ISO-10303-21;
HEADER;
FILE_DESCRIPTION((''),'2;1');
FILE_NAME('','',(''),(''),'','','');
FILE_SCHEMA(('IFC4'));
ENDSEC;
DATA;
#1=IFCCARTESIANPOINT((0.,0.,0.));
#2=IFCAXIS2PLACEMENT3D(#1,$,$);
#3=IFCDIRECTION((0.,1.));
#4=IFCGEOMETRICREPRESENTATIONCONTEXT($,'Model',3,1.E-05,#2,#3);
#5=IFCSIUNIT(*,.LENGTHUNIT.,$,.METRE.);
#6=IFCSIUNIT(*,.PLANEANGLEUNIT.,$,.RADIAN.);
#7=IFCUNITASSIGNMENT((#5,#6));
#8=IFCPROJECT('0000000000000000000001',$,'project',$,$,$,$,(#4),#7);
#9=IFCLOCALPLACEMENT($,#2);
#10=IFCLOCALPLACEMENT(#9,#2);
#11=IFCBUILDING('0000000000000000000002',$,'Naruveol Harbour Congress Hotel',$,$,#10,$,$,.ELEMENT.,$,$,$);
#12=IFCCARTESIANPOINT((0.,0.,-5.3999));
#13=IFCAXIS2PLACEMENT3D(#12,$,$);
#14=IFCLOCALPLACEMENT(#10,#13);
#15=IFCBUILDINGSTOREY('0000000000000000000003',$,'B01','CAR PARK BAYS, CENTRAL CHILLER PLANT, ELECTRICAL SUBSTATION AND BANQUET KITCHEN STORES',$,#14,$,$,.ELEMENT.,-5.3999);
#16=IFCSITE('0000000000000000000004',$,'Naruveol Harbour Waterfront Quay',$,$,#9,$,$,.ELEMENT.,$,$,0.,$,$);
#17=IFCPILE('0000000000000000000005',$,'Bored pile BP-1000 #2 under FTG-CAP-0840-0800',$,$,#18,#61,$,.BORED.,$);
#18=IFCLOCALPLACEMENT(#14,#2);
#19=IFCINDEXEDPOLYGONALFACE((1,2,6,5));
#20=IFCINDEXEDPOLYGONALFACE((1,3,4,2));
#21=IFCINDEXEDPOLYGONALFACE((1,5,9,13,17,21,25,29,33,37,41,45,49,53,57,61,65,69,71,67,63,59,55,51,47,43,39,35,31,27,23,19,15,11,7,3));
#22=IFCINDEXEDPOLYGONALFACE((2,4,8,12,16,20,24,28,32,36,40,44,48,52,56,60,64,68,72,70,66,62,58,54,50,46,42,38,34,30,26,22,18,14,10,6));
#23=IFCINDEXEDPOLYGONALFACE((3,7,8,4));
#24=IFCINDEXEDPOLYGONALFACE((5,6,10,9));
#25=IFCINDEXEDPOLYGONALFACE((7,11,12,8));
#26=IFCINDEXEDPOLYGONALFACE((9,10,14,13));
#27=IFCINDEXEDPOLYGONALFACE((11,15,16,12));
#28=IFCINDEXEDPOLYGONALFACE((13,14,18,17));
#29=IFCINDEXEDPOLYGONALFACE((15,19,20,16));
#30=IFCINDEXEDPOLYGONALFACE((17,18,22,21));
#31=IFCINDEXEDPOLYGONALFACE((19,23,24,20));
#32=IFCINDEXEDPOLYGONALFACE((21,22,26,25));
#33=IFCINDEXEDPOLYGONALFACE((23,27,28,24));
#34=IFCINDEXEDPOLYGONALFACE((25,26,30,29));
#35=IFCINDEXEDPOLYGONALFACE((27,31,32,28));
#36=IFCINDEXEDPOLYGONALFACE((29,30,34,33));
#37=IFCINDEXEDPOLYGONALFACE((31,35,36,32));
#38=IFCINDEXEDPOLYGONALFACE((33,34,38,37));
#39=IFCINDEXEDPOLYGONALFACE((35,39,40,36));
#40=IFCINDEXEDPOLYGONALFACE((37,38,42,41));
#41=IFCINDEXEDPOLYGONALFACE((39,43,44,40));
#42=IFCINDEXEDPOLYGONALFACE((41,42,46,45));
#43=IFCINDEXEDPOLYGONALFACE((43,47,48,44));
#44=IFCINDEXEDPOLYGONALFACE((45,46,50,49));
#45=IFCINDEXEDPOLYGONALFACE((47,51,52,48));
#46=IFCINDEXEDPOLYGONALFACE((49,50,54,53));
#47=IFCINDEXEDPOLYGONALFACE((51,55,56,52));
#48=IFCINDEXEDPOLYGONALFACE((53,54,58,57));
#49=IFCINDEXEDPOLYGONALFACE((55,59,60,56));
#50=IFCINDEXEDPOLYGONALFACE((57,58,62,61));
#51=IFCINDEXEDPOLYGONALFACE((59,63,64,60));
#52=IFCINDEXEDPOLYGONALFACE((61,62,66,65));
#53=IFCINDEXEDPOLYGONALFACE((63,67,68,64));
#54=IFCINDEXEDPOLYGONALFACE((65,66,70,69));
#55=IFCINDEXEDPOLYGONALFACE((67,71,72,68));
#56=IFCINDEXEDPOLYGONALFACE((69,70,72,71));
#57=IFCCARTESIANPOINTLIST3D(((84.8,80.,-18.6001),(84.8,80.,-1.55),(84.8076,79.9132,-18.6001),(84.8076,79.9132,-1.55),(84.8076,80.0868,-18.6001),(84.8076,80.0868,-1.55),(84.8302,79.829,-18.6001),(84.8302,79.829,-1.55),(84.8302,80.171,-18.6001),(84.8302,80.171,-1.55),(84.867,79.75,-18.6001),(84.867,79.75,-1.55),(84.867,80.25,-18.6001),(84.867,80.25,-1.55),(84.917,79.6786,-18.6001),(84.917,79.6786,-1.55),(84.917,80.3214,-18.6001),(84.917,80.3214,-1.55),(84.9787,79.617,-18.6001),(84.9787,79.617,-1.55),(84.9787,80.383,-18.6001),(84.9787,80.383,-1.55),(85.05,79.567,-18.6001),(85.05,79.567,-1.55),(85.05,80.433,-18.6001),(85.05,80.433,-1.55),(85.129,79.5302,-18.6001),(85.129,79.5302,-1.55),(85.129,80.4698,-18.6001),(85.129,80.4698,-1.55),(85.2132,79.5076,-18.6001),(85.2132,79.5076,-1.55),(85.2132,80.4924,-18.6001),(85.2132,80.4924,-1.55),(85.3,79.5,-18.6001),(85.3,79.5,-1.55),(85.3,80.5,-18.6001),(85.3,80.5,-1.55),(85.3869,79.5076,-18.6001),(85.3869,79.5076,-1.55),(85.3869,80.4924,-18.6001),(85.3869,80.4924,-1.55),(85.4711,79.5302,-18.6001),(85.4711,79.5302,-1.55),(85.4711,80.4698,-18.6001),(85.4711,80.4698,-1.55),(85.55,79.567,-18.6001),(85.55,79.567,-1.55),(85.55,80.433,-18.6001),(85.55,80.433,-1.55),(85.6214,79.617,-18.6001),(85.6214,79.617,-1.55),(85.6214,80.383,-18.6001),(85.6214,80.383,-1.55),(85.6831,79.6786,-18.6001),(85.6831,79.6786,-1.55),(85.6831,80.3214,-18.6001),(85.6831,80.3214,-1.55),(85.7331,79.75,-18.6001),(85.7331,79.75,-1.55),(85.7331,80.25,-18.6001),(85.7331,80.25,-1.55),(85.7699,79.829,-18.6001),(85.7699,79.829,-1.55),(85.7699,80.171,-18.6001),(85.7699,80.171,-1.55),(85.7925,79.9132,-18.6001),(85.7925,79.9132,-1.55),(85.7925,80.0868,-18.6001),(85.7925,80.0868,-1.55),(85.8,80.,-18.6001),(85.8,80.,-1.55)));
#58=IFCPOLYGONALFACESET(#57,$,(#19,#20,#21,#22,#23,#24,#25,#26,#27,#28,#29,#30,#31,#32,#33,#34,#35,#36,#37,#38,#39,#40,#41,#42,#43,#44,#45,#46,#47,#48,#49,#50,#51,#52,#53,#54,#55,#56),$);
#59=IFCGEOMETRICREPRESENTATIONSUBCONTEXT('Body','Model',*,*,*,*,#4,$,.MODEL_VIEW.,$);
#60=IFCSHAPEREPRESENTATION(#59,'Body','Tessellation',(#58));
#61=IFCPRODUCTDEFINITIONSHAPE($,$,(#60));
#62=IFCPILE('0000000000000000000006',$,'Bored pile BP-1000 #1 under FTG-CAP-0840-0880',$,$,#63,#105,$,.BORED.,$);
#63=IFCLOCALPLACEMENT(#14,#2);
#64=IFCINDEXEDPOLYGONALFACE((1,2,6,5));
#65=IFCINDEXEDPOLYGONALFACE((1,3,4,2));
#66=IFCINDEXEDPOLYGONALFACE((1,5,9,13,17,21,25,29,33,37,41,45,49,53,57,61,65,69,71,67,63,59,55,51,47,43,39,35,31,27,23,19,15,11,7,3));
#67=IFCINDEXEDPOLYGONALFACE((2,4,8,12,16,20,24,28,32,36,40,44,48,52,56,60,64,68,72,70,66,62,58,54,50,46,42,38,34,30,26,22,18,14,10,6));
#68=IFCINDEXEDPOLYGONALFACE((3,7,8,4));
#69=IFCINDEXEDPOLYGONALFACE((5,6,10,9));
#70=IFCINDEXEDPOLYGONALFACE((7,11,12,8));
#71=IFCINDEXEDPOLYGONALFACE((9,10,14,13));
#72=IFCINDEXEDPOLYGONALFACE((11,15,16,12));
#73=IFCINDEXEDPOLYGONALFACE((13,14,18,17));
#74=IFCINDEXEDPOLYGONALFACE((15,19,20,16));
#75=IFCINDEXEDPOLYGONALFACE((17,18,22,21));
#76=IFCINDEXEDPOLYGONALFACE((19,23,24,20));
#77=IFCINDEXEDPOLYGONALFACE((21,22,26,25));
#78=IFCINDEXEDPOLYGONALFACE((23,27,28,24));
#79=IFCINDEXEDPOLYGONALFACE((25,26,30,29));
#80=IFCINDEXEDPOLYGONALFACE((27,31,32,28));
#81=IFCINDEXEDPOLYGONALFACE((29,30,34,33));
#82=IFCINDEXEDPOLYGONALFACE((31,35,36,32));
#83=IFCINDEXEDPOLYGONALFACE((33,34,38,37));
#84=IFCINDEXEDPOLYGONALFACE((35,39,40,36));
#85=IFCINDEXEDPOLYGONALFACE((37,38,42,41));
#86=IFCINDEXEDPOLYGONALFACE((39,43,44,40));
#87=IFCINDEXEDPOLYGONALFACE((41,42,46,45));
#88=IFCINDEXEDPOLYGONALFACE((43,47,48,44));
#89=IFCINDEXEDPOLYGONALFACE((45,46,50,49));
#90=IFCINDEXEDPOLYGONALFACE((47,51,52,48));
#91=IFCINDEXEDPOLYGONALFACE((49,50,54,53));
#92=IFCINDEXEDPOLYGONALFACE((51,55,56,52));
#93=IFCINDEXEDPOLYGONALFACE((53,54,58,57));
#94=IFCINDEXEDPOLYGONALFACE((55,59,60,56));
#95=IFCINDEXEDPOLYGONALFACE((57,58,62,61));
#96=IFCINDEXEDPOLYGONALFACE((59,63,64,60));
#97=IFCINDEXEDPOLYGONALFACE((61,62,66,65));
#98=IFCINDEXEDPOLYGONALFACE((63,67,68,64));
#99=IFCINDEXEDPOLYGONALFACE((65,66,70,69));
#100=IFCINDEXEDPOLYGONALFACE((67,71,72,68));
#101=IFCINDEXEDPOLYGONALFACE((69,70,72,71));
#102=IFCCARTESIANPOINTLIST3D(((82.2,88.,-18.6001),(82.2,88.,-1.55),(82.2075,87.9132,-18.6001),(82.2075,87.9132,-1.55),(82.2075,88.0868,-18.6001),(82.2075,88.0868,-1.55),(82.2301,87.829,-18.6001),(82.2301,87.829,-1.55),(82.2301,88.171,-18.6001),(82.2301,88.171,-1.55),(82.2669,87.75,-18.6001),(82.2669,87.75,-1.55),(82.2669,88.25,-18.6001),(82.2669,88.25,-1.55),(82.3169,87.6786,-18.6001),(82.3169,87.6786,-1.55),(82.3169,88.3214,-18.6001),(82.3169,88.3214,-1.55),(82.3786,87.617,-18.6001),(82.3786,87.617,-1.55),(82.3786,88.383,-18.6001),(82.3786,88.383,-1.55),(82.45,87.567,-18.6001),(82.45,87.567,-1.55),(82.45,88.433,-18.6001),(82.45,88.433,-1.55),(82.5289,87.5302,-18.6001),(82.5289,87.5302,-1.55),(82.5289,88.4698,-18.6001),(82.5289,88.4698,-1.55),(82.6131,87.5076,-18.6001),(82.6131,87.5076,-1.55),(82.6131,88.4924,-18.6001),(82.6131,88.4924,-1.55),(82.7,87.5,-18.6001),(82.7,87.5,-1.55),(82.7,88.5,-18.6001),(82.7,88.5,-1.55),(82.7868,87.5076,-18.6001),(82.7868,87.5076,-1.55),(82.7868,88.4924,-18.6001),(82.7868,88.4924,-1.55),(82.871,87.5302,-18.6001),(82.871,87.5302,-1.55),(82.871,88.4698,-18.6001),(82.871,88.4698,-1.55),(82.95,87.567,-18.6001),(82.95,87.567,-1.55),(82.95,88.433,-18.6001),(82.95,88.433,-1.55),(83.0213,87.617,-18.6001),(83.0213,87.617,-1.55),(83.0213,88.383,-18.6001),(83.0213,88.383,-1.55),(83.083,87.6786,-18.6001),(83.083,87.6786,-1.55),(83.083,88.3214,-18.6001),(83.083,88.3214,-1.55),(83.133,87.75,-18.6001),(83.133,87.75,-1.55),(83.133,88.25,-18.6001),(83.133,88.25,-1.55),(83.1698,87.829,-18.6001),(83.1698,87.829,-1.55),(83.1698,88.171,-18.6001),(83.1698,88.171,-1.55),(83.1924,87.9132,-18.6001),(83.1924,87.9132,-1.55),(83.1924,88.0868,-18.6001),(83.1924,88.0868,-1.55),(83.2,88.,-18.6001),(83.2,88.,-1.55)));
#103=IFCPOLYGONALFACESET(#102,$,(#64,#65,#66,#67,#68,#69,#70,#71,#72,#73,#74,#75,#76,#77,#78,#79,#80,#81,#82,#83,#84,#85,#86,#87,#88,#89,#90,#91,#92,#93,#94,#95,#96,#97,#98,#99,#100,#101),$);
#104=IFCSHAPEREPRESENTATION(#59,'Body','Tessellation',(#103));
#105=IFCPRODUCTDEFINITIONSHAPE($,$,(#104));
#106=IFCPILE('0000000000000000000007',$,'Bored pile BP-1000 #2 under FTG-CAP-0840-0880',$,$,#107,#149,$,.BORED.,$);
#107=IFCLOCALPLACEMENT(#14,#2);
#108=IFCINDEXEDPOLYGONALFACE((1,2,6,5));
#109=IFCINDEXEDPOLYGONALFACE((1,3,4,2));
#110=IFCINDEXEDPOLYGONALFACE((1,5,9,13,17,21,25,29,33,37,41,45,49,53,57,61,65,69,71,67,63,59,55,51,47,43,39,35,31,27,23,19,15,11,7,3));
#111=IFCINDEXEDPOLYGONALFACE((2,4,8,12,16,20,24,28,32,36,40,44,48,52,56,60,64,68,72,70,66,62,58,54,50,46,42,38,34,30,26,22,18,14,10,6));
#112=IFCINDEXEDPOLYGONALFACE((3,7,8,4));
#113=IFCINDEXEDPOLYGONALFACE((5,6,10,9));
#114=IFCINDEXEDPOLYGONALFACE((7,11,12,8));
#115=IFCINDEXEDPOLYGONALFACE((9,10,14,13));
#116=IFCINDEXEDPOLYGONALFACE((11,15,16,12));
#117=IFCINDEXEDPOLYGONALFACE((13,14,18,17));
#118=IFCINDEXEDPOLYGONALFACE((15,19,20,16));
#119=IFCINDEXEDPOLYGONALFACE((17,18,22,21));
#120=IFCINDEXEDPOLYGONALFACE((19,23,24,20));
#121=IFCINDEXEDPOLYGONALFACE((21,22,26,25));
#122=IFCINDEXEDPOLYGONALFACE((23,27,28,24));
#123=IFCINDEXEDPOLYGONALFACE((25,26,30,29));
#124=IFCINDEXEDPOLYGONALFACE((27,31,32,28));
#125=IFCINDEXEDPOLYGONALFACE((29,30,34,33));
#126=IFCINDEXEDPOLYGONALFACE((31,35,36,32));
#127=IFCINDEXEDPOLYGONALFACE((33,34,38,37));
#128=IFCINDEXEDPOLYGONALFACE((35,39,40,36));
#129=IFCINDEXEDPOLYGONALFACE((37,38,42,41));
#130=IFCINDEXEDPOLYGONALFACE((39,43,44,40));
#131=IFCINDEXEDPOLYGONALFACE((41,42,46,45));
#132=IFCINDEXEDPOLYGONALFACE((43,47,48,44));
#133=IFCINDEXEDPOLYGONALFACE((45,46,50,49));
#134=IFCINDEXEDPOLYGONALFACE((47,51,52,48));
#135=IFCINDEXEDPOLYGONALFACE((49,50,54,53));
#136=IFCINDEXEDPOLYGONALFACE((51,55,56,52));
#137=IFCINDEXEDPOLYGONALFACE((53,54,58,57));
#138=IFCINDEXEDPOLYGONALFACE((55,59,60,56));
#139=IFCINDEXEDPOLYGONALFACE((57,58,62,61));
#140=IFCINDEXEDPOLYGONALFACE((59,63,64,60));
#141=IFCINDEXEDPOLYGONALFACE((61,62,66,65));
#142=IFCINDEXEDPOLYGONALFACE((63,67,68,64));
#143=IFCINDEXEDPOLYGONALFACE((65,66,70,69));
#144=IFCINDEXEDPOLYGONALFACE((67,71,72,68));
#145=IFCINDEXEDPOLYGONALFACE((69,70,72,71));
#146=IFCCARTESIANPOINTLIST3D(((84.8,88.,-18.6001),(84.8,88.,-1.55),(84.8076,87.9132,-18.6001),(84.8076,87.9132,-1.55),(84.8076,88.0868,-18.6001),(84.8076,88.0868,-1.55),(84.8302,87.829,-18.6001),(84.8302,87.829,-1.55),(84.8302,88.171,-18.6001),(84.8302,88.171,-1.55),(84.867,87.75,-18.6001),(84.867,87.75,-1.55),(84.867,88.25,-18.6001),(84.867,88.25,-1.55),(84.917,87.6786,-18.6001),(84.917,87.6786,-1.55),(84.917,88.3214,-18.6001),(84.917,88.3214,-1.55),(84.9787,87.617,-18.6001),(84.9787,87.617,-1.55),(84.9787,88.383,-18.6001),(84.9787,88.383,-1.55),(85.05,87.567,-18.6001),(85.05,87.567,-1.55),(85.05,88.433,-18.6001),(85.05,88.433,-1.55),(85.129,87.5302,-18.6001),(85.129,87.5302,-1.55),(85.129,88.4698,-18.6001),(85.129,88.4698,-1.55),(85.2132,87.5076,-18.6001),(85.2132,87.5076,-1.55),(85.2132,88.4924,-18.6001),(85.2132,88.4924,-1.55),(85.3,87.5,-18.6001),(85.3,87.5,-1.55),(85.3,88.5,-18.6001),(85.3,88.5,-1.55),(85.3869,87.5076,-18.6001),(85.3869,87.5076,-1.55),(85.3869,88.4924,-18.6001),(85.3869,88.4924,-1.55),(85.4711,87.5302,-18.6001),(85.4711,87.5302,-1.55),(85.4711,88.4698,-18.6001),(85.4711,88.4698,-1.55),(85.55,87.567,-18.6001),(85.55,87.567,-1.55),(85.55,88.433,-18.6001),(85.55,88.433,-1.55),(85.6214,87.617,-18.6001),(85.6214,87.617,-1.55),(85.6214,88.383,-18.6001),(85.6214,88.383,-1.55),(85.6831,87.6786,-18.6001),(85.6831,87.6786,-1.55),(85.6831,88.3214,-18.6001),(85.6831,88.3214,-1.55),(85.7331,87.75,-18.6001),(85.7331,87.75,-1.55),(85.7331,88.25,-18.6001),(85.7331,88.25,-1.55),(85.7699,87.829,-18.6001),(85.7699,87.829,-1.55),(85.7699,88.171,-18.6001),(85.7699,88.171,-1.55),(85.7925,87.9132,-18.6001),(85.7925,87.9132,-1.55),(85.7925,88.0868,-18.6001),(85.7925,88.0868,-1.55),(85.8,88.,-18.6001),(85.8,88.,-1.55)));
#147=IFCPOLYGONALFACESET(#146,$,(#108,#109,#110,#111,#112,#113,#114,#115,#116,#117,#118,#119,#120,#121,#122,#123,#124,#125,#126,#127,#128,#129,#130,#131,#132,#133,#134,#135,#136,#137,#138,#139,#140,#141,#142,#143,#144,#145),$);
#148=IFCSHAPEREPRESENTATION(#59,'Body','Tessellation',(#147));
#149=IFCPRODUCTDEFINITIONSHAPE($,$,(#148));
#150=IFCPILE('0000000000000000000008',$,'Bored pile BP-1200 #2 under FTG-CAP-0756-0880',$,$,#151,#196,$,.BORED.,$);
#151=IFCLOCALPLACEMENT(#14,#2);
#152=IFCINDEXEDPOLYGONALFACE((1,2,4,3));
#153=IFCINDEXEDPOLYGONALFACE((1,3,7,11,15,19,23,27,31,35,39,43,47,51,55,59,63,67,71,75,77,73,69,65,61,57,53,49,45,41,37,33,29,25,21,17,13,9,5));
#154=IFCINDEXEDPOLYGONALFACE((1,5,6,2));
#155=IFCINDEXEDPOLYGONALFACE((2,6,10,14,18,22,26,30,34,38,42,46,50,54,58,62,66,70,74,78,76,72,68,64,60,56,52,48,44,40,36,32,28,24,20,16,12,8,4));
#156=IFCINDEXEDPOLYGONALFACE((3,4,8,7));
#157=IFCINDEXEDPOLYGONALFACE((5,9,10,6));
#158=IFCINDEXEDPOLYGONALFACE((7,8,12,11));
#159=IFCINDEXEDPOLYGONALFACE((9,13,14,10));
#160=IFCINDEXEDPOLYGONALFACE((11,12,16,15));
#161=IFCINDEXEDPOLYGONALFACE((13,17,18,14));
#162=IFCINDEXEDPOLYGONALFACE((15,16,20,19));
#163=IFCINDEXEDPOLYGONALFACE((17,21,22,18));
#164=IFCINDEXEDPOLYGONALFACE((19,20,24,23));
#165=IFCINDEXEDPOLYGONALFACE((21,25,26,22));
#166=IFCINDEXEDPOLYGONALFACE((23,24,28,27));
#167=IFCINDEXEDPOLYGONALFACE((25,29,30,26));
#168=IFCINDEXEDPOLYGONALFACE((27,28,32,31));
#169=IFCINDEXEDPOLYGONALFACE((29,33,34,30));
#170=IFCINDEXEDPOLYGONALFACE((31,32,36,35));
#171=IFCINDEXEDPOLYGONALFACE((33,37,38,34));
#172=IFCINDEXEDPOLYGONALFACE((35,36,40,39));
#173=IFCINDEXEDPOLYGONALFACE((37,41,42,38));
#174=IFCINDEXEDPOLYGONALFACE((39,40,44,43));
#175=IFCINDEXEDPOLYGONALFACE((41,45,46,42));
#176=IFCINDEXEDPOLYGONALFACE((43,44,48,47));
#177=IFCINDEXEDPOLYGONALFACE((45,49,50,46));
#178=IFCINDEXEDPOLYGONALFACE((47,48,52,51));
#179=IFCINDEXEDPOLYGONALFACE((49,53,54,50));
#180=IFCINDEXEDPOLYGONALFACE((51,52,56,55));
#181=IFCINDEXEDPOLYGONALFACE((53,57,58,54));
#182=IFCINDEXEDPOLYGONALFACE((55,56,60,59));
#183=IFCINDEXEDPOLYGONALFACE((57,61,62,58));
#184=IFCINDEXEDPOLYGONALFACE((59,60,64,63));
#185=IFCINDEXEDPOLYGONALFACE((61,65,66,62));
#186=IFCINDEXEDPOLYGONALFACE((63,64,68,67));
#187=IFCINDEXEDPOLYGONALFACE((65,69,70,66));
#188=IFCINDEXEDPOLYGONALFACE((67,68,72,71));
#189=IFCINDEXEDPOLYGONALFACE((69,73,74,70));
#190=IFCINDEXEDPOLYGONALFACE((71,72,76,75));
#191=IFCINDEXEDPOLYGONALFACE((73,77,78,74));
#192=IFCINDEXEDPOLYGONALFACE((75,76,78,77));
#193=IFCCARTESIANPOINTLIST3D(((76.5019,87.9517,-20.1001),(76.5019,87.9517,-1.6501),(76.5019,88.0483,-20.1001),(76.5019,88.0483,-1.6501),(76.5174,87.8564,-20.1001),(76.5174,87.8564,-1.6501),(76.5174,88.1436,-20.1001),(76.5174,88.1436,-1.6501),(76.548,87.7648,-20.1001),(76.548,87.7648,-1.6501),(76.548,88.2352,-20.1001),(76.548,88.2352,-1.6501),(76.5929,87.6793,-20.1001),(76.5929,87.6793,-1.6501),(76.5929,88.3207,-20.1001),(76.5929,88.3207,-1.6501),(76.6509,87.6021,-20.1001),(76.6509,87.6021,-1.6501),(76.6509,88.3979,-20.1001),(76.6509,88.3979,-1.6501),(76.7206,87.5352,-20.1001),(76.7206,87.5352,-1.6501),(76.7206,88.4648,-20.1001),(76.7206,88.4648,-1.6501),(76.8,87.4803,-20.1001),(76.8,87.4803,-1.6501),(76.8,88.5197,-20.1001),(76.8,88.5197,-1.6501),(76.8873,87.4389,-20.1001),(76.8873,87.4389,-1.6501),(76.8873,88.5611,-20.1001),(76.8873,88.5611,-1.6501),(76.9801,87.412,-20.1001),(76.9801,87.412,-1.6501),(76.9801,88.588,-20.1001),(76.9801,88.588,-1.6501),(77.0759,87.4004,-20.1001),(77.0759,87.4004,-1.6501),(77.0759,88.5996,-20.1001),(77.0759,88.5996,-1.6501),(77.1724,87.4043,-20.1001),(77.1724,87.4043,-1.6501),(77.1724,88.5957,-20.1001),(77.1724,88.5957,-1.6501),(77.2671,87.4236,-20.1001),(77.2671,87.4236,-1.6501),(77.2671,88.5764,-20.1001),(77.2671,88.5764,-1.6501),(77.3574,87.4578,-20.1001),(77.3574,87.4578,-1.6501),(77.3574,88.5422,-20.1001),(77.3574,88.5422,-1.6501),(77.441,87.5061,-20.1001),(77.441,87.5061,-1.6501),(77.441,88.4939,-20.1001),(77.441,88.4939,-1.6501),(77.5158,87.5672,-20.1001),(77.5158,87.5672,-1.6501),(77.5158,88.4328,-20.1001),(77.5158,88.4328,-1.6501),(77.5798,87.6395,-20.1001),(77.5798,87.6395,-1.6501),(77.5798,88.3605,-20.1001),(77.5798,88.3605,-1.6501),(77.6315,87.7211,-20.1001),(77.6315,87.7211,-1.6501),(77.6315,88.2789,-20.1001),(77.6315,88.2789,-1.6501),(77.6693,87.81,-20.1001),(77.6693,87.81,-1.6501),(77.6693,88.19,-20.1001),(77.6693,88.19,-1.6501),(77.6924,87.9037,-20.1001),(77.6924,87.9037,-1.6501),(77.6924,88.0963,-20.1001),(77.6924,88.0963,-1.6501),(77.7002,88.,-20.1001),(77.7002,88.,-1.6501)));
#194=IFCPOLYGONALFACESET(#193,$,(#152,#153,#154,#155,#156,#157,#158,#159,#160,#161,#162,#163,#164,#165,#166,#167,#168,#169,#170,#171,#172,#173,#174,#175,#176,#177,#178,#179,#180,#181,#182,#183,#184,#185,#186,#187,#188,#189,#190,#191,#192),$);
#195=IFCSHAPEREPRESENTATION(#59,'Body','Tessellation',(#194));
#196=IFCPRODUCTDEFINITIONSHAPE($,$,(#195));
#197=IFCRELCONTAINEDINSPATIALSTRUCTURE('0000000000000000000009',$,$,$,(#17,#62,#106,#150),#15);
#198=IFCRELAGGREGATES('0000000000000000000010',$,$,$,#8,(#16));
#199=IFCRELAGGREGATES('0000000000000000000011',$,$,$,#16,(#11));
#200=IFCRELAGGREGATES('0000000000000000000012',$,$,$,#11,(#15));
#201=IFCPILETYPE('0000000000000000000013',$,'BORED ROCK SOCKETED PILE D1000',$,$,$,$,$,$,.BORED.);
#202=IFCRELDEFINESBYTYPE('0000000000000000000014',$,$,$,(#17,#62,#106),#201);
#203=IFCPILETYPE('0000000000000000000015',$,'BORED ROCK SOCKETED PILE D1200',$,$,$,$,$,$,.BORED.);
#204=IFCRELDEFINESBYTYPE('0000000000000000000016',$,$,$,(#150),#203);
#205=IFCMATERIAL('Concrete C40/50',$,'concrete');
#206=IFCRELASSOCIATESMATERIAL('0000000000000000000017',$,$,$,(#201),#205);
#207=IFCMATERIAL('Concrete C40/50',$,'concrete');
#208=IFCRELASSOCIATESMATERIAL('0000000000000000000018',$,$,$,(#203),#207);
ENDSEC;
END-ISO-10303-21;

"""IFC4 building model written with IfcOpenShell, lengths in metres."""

from ifc_helpers import new_model, si_unit, direction, frame, origin, origin_2d, place, context, subcontext, project, spatial, circle, extrude, material, material_profile, profile_set, type_object, element, save


model = new_model("IFC4")

# Units and contexts
model_context = context("Model", 3, precision=1e-05, world=origin(), true_north=direction((0.0, 1.0)))
body_context = subcontext(model_context, "Body", "Model", "MODEL_VIEW")
ifc_project = project(units=[si_unit("LENGTHUNIT", "METRE"), si_unit("PLANEANGLEUNIT", "RADIAN")], contexts=[model_context])

# Site, building, storey
site_placement = place(None, origin())
site = spatial("IfcSite", under=ifc_project, at=site_placement, Name="Naruveol Harbour Waterfront Quay", CompositionType="ELEMENT", RefElevation=0.0)
building_placement = place(site_placement, origin())
building = spatial("IfcBuilding", under=site, at=building_placement, Name="Naruveol Harbour Congress Hotel", CompositionType="ELEMENT")
storey_placement = place(building_placement, frame((0.0, 0.0, -5.3999)))
storey = spatial("IfcBuildingStorey", under=building, at=storey_placement, Name="B01", Description="CAR PARK BAYS, CENTRAL CHILLER PLANT, ELECTRICAL SUBSTATION AND BANQUET KITCHEN STORES", CompositionType="ELEMENT", Elevation=-5.3999)

# Piles
ifc_material_1 = material(Name="Concrete C40/50", Category="concrete")
ifc_material_profile_1 = material_profile(ifc_material_1, circle(Radius=0.5, at=origin_2d()), Name="BP-1000")
ifc_profile_set_1 = profile_set([ifc_material_profile_1], Name="Concrete C40/50")
pile_type_1 = type_object("IfcPileType", Name="BORED ROCK SOCKETED PILE D1000", PredefinedType="BORED", material=ifc_profile_set_1)
for number, where, z_axis, x_axis, name in (
    (1, (85.3, 80.0, -1.55), (0.0, 0.0, -1.0), (1.0, 0.0, 0.0), "Bored pile BP-1000 #2 under FTG-CAP-0840-0800"),
    (2, (82.7, 88.0, -1.55), (0.0, 0.0, -1.0), (1.0, 0.0, 0.0), "Bored pile BP-1000 #1 under FTG-CAP-0840-0880"),
    (3, (85.3, 88.0, -1.55), (0.0, 0.0, -1.0), (1.0, 0.0, 0.0), "Bored pile BP-1000 #2 under FTG-CAP-0840-0880"),
):
    element("IfcPile", number, at=place(storey_placement, frame(where, z_axis=z_axis, x_axis=x_axis)), inside=storey, type_object=pile_type_1, Name=name, PredefinedType="BORED", context=body_context, shape_type="SweptSolid", body=[
        extrude(circle(Radius=0.5, at=origin_2d()), origin(), (0.0, 0.0, 1.0), 17.05),
    ])
ifc_material_2 = material(Name="Concrete C40/50", Category="concrete")
ifc_material_profile_2 = material_profile(ifc_material_2, circle(Radius=0.6001, at=origin_2d()), Name="BP-1200")
ifc_profile_set_2 = profile_set([ifc_material_profile_2], Name="Concrete C40/50")
pile_type_2 = type_object("IfcPileType", Name="BORED ROCK SOCKETED PILE D1200", PredefinedType="BORED", material=ifc_profile_set_2)
pile_placement = place(storey_placement, frame((77.1001, 88.0, -1.6501), z_axis=(0.0, 0.0, -1.0), x_axis=(1.0, 0.0, 0.0)))
element("IfcPile", 4, at=pile_placement, inside=storey, type_object=pile_type_2, Name="Bored pile BP-1200 #2 under FTG-CAP-0756-0880", PredefinedType="BORED", context=body_context, shape_type="SweptSolid", body=[
    extrude(circle(Radius=0.6001, at=origin_2d()), origin(), (0.0, 0.0, 1.0), 18.45),
])

save(model, "model.ifc")
